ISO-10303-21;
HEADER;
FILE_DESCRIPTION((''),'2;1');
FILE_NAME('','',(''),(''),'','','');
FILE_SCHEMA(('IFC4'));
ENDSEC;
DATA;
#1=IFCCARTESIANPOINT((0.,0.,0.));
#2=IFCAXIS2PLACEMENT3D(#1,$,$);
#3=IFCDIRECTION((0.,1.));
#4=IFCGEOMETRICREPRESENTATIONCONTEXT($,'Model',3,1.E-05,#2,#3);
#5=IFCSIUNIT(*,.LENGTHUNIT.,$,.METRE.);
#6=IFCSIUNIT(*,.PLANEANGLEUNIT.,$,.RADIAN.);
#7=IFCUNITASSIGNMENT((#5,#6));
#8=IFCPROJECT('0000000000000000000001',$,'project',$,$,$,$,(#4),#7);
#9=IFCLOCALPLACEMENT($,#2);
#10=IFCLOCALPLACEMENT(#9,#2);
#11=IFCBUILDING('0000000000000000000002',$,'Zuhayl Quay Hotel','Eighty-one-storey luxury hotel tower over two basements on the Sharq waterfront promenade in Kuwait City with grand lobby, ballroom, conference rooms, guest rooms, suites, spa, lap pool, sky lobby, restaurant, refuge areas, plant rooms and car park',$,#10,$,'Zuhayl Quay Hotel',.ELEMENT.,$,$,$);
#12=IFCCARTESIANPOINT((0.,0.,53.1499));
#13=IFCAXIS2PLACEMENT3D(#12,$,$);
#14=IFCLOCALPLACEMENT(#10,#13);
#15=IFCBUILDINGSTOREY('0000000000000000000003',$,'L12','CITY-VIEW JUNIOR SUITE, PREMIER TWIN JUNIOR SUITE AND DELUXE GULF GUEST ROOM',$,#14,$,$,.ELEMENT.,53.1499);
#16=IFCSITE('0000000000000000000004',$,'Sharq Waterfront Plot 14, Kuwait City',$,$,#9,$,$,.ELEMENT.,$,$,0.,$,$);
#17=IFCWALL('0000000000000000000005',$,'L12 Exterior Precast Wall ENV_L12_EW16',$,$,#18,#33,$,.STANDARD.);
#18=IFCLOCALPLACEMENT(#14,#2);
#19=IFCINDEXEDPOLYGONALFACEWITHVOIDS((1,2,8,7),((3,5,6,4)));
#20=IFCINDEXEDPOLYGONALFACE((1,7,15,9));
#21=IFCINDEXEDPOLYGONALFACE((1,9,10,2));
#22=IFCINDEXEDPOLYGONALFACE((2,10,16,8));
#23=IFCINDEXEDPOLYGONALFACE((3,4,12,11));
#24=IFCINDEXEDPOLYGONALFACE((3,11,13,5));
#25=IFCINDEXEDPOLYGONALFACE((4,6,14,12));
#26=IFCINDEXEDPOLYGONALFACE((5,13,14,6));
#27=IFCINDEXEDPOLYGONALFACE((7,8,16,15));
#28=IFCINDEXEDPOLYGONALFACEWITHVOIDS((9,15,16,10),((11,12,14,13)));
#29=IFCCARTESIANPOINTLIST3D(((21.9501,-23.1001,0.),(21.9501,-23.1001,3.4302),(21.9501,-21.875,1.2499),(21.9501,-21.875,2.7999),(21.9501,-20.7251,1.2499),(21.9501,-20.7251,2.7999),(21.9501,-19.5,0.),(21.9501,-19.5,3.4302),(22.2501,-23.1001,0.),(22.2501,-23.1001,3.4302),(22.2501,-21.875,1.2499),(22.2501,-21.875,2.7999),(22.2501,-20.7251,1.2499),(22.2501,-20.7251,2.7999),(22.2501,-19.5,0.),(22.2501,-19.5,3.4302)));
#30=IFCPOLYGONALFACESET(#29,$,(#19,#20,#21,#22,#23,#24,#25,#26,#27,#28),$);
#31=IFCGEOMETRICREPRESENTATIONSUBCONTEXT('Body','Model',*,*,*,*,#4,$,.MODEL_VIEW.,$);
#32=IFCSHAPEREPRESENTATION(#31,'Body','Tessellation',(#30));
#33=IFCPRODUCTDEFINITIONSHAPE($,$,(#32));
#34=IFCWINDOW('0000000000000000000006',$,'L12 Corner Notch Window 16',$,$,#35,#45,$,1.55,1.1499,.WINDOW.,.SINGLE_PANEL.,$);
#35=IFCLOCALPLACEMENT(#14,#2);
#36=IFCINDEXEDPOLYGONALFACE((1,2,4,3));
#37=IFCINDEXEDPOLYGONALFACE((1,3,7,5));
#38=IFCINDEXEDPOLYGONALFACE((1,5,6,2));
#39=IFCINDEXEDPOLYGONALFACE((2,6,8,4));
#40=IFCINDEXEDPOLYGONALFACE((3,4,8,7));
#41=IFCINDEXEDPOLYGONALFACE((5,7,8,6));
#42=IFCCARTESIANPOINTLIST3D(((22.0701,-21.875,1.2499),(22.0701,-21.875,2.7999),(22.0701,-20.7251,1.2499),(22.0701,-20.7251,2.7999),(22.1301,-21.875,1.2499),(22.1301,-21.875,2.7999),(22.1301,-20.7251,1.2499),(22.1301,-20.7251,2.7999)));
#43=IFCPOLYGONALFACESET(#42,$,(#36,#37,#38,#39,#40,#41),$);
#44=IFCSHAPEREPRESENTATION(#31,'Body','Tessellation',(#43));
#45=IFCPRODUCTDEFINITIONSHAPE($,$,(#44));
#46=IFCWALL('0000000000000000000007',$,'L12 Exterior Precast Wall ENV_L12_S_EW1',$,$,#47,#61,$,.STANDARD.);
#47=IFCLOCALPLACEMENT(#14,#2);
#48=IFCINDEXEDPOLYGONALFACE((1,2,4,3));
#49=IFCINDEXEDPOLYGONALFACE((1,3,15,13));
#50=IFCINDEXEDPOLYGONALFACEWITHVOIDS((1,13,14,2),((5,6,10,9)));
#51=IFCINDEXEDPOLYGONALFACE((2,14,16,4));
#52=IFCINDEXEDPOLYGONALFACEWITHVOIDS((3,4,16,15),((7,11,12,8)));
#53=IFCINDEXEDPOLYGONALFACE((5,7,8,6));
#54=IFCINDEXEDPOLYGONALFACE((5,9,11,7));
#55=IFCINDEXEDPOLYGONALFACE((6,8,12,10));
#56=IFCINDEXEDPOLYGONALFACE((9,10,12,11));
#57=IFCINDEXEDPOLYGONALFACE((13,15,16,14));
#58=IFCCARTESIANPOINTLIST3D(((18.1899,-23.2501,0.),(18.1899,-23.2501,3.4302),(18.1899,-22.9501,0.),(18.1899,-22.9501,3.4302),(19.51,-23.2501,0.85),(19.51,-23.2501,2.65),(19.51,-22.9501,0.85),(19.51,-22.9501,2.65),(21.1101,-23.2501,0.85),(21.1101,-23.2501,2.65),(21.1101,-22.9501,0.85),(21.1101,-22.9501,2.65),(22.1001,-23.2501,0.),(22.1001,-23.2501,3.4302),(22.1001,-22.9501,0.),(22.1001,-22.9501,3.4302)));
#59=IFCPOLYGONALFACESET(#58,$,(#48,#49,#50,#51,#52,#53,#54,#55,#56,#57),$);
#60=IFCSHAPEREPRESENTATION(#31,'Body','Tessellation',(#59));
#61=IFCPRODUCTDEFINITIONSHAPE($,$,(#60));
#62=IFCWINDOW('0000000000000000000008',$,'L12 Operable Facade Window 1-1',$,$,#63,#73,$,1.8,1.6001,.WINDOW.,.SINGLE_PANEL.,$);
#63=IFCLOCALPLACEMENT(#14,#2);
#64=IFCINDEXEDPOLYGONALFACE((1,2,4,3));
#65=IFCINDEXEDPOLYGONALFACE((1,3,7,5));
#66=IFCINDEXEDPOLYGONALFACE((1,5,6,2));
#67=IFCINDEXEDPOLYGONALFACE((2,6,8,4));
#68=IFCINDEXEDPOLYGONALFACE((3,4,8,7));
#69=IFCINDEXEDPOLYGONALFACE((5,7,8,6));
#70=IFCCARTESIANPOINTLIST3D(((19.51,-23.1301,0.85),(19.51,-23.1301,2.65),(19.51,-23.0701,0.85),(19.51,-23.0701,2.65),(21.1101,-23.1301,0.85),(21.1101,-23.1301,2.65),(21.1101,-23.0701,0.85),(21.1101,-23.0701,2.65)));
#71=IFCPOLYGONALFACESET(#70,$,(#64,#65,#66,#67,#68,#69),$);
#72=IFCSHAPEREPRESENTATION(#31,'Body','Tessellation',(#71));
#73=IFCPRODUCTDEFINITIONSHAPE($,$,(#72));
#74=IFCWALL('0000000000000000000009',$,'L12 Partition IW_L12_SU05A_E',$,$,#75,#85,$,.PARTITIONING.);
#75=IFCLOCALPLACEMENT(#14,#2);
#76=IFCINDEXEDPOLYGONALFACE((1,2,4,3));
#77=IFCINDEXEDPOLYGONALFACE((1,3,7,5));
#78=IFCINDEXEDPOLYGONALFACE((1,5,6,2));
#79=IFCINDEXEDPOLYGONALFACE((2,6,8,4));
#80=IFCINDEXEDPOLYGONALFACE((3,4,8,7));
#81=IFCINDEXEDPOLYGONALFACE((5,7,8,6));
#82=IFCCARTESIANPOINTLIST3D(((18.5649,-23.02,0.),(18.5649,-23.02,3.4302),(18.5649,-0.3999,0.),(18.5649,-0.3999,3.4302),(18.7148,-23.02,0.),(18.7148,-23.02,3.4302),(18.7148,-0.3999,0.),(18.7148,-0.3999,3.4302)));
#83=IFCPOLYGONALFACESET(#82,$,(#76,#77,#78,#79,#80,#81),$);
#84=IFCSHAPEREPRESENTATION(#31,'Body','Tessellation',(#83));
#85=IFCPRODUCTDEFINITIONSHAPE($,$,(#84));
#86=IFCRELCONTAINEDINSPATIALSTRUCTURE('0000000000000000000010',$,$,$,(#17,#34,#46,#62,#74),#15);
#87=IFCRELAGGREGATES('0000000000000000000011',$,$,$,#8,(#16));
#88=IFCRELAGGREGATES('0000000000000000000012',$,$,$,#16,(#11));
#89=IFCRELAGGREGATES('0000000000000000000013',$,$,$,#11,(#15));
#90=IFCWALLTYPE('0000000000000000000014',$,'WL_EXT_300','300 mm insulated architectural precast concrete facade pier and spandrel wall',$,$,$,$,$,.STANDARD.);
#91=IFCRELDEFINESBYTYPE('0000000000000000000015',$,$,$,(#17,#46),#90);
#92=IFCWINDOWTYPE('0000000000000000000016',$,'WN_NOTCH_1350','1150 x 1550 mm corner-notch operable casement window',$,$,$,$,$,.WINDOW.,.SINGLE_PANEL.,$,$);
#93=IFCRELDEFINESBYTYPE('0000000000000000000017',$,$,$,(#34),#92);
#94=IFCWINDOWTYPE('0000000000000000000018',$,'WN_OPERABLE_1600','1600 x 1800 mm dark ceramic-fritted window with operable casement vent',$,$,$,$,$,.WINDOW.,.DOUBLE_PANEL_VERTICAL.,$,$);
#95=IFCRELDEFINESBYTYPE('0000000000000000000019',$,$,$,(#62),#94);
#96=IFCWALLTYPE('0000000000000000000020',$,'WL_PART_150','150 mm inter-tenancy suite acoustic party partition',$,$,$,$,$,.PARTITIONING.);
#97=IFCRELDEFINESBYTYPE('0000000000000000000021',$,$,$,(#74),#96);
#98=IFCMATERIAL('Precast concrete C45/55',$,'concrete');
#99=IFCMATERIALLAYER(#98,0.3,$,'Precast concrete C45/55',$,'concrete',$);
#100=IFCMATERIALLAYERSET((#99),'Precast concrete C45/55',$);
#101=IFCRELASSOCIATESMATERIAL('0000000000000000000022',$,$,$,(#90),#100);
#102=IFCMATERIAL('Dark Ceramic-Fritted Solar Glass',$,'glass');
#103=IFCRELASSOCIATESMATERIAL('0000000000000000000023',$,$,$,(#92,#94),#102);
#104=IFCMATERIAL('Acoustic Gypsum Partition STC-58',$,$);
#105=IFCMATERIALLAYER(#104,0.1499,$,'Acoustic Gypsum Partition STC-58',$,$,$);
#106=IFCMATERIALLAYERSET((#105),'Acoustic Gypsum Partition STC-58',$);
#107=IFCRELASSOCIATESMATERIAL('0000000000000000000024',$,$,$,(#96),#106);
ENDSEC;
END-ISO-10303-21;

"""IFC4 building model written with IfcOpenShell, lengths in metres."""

from ifc_helpers import new_model, si_unit, direction, frame, frame_2d, origin, place, context, subcontext, project, spatial, rectangle, extrude, material, layer, layer_set, type_object, element, fill, save


model = new_model("IFC4")

# Units and contexts
model_context = context("Model", 3, precision=1e-05, world=origin(), true_north=direction((0.0, 1.0)))
body_context = subcontext(model_context, "Body", "Model", "MODEL_VIEW")
ifc_project = project(units=[si_unit("LENGTHUNIT", "METRE"), si_unit("PLANEANGLEUNIT", "RADIAN")], contexts=[model_context])

# Site, building, storey
site_placement = place(None, origin())
site = spatial("IfcSite", under=ifc_project, at=site_placement, Name="Sharq Waterfront Plot 14, Kuwait City", CompositionType="ELEMENT", RefElevation=0.0)
building_placement = place(site_placement, origin())
building = spatial("IfcBuilding", under=site, at=building_placement, Name="Zuhayl Quay Hotel", Description="Eighty-one-storey luxury hotel tower over two basements on the Sharq waterfront promenade in Kuwait City with grand lobby, ballroom, conference rooms, guest rooms, suites, spa, lap pool, sky lobby, restaurant, refuge areas, plant rooms and car park", LongName="Zuhayl Quay Hotel", CompositionType="ELEMENT")
storey_placement = place(building_placement, frame((0.0, 0.0, 53.1499)))
storey = spatial("IfcBuildingStorey", under=building, at=storey_placement, Name="L12", Description="CITY-VIEW JUNIOR SUITE, PREMIER TWIN JUNIOR SUITE AND DELUXE GULF GUEST ROOM", CompositionType="ELEMENT", Elevation=53.1499)

# Shared definitions
ifc_material_1 = material(Name="Dark Ceramic-Fritted Solar Glass", Category="glass")

# Shared definitions
ifc_material_2 = material(Name="Precast concrete C45/55", Category="concrete")
ifc_layer_1 = layer(ifc_material_2, 0.3, Name="Precast concrete C45/55", Category="concrete")
ifc_layer_set_1 = layer_set([ifc_layer_1], Name="Precast concrete C45/55")
wall_type_1 = type_object("IfcWallType", Name="WL_EXT_300", Description="300 mm insulated architectural precast concrete facade pier and spandrel wall", PredefinedType="STANDARD", material=ifc_layer_set_1)

# Walls, openings, windows
window_type_1 = type_object("IfcWindowType", Name="WN_NOTCH_1350", Description="1150 x 1550 mm corner-notch operable casement window", PartitioningType="SINGLE_PANEL", PredefinedType="WINDOW", material=ifc_material_1)
wall_1_placement = place(storey_placement, frame((22.1001, -19.5, 0.0), z_axis=(0.0, 0.0, 1.0), x_axis=(0.0, -1.0, 0.0)))
wall_1 = element("IfcWall", 1, at=wall_1_placement, inside=storey, type_object=wall_type_1, Name="L12 Exterior Precast Wall ENV_L12_EW16", PredefinedType="STANDARD", context=body_context, shape_type="SweptSolid", body=[
    extrude(rectangle(XDim=3.6001, YDim=0.3, at=frame_2d((1.8, 0.0))), origin(), (0.0, 0.0, 1.0), 3.4302),
])
opening_1_placement = place(wall_1_placement, frame((1.2251, 0.0, 1.25)))
opening_1 = element("IfcOpeningElement", 2, at=opening_1_placement, cuts=wall_1, PredefinedType="OPENING", context=body_context, shape_type="SweptSolid", body=[
    extrude(rectangle(XDim=1.1499, YDim=1.55, at=frame_2d((0.575, 0.7749))), frame((0.0, 0.1599, 0.0), z_axis=(0.0, -1.0, 0.0), x_axis=(1.0, 0.0, 0.0)), (0.0, 0.0, 1.0), 0.3201),
])
window_1_placement = place(opening_1_placement, origin())
window_1 = element("IfcWindow", 3, at=window_1_placement, inside=storey, type_object=window_type_1, Name="L12 Corner Notch Window 16", OverallHeight=1.55, OverallWidth=1.1499, PartitioningType="SINGLE_PANEL", PredefinedType="WINDOW", context=body_context, shape_type="SweptSolid", body=[
    extrude(rectangle(XDim=1.1499, YDim=1.55, at=frame_2d((0.575, 0.7749))), frame((0.0, 0.03, 0.0), z_axis=(0.0, -1.0, 0.0), x_axis=(1.0, 0.0, 0.0)), (0.0, 0.0, 1.0), 0.0601),
])
fill(opening_1, window_1)
wall_2_placement = place(storey_placement, frame((22.1001, -23.1001, 0.0), z_axis=(0.0, 0.0, 1.0), x_axis=(-1.0, 0.0, 0.0)))
wall_2 = element("IfcWall", 4, at=wall_2_placement, inside=storey, type_object=wall_type_1, Name="L12 Exterior Precast Wall ENV_L12_S_EW1", PredefinedType="STANDARD", context=body_context, shape_type="SweptSolid", body=[
    extrude(rectangle(XDim=3.9102, YDim=0.3, at=frame_2d((1.9551, 0.0))), origin(), (0.0, 0.0, 1.0), 3.4302),
])
opening_2_placement = place(wall_2_placement, frame((0.99, 0.0, 0.8501)))
opening_2 = element("IfcOpeningElement", 5, at=opening_2_placement, cuts=wall_2, PredefinedType="OPENING", context=body_context, shape_type="SweptSolid", body=[
    extrude(rectangle(XDim=1.6001, YDim=1.8, at=frame_2d((0.8, 0.8999))), frame((0.0, 0.1599, 0.0), z_axis=(0.0, -1.0, 0.0), x_axis=(1.0, 0.0, 0.0)), (0.0, 0.0, 1.0), 0.3201),
])
window_type_2 = type_object("IfcWindowType", Name="WN_OPERABLE_1600", Description="1600 x 1800 mm dark ceramic-fritted window with operable casement vent", PartitioningType="DOUBLE_PANEL_VERTICAL", PredefinedType="WINDOW", material=ifc_material_1)
window_2_placement = place(opening_2_placement, origin())
window_2 = element("IfcWindow", 6, at=window_2_placement, inside=storey, type_object=window_type_2, Name="L12 Operable Facade Window 1-1", OverallHeight=1.8, OverallWidth=1.6001, PartitioningType="SINGLE_PANEL", PredefinedType="WINDOW", context=body_context, shape_type="SweptSolid", body=[
    extrude(rectangle(XDim=1.6001, YDim=1.8, at=frame_2d((0.8, 0.8999))), frame((0.0, 0.03, 0.0), z_axis=(0.0, -1.0, 0.0), x_axis=(1.0, 0.0, 0.0)), (0.0, 0.0, 1.0), 0.0601),
])
fill(opening_2, window_2)

# Wall
ifc_material_3 = material(Name="Acoustic Gypsum Partition STC-58")
ifc_layer_2 = layer(ifc_material_3, 0.1499, Name="Acoustic Gypsum Partition STC-58")
ifc_layer_set_2 = layer_set([ifc_layer_2], Name="Acoustic Gypsum Partition STC-58")
wall_type_2 = type_object("IfcWallType", Name="WL_PART_150", Description="150 mm inter-tenancy suite acoustic party partition", PredefinedType="PARTITIONING", material=ifc_layer_set_2)
wall_3_placement = place(storey_placement, frame((18.6399, -23.02, 0.0), z_axis=(0.0, 0.0, 1.0), x_axis=(0.0, 1.0, 0.0)))
element("IfcWall", 7, at=wall_3_placement, inside=storey, type_object=wall_type_2, Name="L12 Partition IW_L12_SU05A_E", PredefinedType="PARTITIONING", context=body_context, shape_type="SweptSolid", body=[
    extrude(rectangle(XDim=22.6201, YDim=0.1499, at=frame_2d((11.3101, 0.0))), origin(), (0.0, 0.0, 1.0), 3.4302),
])

save(model, "model.ifc")
